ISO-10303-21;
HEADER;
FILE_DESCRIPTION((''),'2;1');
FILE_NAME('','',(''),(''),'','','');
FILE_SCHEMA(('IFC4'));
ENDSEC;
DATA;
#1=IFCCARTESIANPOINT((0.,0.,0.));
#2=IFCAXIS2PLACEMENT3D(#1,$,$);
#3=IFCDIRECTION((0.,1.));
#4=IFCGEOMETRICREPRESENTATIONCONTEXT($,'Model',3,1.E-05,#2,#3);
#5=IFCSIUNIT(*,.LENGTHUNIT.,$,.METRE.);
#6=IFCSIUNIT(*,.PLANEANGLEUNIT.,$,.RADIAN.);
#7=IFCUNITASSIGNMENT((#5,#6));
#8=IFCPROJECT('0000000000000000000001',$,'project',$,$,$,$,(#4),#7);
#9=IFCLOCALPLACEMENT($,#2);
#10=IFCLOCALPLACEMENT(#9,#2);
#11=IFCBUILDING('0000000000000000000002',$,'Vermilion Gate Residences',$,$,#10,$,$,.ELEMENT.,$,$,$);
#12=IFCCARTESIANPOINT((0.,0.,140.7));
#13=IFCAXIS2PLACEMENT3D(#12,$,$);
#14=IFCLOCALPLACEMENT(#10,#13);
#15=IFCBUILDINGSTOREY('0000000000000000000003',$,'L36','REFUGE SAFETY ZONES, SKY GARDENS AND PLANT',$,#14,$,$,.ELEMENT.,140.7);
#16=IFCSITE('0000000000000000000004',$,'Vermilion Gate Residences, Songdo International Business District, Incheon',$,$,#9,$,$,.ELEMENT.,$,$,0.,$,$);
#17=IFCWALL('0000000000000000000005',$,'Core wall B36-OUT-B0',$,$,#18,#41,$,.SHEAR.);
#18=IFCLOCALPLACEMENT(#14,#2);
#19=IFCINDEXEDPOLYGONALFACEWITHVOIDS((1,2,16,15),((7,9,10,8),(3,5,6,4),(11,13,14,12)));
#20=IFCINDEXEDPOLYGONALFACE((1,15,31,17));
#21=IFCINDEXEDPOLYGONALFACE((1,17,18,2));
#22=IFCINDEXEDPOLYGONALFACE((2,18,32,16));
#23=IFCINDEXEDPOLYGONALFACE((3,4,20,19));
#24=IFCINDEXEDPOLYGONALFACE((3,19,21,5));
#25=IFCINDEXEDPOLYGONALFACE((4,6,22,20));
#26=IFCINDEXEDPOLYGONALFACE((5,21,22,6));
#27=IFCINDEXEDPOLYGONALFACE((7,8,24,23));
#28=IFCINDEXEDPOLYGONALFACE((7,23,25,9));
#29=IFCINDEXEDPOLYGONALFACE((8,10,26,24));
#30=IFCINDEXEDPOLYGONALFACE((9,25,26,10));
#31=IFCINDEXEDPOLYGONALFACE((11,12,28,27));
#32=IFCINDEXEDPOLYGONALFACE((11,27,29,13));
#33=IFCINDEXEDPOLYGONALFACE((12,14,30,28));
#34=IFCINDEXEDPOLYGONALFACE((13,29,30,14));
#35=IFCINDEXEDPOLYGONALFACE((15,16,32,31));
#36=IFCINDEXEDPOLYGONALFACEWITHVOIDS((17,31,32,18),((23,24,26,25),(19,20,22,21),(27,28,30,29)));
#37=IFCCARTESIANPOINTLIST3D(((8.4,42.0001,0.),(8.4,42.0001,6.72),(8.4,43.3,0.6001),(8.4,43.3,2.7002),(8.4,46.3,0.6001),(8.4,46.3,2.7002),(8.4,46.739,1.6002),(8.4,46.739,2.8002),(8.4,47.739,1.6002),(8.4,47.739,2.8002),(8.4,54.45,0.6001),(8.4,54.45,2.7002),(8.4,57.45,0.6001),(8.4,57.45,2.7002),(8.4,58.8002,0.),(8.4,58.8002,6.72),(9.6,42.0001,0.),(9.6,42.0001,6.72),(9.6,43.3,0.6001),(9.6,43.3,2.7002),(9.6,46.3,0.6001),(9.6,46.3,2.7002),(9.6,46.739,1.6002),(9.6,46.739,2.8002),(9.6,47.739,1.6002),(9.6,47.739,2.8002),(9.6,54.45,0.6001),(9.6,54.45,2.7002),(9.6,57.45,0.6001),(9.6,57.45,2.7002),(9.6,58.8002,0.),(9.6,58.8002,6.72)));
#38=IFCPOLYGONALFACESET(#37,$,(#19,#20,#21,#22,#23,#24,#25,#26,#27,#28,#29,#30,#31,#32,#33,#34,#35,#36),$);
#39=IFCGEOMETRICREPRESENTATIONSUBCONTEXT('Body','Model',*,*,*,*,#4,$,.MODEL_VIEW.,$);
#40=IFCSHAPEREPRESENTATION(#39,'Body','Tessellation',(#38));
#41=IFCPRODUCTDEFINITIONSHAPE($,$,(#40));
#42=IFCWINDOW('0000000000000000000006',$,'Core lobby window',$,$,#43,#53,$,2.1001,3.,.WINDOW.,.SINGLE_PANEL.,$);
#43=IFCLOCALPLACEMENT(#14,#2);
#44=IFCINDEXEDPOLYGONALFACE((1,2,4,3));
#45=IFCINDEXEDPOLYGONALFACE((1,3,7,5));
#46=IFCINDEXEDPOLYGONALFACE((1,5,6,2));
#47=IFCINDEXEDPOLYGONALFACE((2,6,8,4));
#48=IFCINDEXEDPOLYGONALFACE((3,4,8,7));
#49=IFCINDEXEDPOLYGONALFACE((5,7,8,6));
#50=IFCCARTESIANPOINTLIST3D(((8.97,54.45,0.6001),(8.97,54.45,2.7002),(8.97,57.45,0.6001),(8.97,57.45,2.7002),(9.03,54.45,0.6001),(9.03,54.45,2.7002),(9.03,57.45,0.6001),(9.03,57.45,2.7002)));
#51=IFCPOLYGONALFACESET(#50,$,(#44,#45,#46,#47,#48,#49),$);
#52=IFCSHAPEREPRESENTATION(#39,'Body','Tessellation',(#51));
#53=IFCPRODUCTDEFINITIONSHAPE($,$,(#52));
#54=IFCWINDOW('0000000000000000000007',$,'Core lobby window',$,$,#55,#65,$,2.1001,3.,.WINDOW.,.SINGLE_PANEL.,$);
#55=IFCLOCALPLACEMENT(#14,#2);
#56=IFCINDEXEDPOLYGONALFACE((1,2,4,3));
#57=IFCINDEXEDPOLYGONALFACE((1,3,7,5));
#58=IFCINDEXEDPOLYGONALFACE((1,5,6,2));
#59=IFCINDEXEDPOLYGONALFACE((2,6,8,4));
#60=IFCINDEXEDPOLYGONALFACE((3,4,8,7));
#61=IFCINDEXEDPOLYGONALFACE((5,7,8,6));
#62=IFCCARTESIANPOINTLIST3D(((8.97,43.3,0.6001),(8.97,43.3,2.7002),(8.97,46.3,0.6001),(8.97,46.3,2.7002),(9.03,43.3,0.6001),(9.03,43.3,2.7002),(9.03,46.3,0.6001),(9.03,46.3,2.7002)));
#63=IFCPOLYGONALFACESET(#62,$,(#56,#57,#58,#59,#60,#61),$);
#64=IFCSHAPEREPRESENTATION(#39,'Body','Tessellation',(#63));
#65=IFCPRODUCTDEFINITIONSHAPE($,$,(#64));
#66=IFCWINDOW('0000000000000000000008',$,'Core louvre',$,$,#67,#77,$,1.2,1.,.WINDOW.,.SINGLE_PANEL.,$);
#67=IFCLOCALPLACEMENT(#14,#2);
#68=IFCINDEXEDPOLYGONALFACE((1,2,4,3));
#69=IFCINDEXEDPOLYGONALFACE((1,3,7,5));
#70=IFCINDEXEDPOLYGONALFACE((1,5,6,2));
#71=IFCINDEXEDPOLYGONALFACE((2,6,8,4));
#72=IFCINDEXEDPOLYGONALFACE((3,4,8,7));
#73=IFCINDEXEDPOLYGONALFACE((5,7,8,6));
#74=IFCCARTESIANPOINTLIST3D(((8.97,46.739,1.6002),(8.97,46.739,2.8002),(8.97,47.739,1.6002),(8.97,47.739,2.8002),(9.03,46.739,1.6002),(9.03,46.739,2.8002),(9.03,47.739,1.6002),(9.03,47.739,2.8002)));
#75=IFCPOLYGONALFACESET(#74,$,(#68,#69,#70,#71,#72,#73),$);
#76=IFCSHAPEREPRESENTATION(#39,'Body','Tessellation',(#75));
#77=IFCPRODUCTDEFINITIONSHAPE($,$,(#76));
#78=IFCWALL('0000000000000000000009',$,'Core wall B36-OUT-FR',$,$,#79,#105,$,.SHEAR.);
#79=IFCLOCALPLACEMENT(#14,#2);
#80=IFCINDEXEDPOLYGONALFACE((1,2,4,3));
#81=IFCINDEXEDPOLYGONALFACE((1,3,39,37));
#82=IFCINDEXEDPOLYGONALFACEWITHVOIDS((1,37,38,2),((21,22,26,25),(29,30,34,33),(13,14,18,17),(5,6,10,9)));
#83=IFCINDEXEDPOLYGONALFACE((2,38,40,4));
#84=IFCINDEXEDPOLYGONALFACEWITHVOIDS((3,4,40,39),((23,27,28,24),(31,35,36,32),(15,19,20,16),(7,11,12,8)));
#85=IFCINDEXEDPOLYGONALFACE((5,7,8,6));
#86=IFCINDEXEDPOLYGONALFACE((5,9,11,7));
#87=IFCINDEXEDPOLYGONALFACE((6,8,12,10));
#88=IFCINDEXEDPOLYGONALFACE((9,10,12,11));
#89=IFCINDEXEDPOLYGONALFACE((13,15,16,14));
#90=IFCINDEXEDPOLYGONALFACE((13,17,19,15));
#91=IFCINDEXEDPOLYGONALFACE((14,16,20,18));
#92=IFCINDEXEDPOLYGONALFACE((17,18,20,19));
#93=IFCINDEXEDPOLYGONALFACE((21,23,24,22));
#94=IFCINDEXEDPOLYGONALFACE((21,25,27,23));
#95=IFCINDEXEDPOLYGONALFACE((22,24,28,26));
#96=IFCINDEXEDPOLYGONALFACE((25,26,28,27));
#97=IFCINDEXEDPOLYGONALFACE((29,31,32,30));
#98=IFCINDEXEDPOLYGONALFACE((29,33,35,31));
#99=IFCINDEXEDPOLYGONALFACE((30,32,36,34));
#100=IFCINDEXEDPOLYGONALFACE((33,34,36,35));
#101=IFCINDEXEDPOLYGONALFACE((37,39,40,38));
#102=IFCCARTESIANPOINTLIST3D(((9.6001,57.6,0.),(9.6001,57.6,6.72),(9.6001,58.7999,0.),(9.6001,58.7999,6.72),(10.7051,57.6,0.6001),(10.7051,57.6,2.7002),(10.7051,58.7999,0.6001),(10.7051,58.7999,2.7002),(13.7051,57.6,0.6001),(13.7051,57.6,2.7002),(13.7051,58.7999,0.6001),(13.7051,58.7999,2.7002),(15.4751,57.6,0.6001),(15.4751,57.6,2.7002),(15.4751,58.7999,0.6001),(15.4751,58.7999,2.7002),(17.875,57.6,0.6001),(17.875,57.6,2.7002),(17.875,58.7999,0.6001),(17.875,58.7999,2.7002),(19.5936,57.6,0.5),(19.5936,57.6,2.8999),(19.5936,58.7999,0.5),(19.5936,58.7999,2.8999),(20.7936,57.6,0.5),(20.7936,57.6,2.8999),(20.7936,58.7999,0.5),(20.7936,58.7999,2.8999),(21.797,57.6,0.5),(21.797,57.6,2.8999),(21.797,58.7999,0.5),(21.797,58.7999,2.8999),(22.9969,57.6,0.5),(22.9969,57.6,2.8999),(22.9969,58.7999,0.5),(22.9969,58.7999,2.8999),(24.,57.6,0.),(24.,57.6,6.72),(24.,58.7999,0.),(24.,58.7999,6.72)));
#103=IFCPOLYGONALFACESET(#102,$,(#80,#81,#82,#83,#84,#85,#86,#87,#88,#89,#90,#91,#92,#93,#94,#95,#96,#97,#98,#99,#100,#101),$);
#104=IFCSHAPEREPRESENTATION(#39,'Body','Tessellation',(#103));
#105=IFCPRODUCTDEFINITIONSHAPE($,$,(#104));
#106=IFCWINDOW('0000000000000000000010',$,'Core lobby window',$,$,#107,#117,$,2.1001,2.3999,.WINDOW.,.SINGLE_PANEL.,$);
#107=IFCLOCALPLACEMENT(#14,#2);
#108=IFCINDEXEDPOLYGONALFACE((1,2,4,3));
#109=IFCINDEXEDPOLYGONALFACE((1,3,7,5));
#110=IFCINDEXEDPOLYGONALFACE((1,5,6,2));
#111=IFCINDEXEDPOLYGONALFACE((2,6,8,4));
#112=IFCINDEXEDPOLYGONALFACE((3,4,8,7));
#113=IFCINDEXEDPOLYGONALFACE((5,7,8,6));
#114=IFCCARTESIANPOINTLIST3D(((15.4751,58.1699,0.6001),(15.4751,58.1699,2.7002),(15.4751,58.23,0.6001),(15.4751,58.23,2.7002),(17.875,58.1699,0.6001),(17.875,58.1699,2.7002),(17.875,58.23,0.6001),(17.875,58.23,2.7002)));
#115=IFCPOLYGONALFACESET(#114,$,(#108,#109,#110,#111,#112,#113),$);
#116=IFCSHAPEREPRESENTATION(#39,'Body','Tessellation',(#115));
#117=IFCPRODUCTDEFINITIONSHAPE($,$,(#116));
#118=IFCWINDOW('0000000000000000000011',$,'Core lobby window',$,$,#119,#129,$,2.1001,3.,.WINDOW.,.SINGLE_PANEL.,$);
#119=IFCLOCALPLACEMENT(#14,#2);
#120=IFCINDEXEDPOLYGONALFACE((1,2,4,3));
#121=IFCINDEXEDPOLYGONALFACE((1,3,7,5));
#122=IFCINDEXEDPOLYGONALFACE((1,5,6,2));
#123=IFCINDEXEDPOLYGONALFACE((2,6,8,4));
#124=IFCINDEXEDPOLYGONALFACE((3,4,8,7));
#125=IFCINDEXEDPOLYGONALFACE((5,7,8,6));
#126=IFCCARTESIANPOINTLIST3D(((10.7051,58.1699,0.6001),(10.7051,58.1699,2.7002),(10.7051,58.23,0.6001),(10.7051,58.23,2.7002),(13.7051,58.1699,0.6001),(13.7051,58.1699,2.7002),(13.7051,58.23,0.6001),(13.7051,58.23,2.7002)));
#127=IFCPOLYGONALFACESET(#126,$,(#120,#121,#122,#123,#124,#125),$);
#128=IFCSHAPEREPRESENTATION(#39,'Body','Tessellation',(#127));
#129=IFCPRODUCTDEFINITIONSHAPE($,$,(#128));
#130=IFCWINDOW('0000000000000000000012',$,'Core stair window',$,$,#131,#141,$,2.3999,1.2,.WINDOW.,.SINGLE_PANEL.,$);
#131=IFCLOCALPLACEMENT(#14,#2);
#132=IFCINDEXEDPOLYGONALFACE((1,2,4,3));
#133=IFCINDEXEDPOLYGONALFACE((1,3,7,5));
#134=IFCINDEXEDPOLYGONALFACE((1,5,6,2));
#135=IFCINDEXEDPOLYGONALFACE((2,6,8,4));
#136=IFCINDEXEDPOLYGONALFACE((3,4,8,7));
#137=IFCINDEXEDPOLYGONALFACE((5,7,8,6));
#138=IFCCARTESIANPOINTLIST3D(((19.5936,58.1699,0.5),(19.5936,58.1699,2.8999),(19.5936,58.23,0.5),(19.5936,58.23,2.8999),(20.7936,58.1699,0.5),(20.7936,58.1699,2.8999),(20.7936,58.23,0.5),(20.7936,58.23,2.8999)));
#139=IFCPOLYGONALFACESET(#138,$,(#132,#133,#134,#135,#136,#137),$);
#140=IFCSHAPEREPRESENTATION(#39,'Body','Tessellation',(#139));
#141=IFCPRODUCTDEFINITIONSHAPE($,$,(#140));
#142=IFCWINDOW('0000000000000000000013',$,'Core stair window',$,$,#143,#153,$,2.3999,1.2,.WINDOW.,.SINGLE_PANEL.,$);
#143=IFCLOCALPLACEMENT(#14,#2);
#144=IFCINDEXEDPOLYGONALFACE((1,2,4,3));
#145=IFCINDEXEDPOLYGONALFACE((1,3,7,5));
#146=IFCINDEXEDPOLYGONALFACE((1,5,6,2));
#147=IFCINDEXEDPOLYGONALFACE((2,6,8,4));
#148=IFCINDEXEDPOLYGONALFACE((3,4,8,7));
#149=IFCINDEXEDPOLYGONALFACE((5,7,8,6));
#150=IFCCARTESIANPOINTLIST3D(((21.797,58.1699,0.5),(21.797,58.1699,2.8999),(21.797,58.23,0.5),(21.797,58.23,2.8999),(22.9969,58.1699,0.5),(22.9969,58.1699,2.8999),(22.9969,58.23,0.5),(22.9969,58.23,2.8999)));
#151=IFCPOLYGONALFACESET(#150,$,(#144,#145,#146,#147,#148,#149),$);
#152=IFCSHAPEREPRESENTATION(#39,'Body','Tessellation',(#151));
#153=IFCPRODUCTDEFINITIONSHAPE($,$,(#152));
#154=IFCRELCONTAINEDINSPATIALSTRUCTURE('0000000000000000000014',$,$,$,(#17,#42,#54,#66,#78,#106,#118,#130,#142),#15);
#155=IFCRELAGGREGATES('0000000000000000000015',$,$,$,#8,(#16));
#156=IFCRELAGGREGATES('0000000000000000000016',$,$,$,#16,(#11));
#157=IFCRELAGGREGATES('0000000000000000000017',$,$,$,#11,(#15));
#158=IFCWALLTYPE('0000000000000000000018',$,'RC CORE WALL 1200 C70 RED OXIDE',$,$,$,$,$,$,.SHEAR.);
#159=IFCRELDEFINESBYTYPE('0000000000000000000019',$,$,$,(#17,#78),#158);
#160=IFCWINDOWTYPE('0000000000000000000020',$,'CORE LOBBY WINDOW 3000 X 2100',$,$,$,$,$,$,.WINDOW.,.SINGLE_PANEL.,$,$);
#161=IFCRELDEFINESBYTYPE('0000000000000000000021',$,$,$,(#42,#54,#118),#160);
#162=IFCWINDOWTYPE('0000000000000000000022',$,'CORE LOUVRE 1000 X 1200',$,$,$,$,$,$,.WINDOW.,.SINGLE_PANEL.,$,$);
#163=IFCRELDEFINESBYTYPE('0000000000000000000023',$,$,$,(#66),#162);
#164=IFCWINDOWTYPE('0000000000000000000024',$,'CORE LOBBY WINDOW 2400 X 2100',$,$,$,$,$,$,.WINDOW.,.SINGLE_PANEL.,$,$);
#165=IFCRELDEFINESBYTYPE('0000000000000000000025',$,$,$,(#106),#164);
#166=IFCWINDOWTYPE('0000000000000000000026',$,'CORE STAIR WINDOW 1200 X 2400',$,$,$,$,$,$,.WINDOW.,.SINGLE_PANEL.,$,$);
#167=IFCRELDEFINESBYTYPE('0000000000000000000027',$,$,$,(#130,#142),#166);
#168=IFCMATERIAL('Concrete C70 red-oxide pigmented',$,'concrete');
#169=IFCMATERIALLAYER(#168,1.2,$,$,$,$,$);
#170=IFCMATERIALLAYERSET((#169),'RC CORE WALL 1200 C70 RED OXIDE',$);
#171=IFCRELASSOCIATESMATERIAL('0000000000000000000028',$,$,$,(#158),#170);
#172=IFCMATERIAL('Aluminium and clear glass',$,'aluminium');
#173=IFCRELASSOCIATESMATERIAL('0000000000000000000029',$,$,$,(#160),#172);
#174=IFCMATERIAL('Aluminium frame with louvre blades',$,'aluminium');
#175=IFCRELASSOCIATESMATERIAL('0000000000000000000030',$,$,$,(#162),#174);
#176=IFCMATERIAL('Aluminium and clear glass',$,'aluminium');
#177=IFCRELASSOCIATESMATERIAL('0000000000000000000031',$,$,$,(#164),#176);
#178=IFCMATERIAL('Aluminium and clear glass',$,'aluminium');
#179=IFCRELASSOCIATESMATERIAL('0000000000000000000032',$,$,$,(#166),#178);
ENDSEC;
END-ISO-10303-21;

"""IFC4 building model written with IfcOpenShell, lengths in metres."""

from ifc_helpers import new_model, si_unit, direction, frame, frame_2d, origin, place, context, subcontext, project, spatial, rectangle, extrude, material, layer, layer_set, type_object, element, fill, save


model = new_model("IFC4")

# Units and contexts
model_context = context("Model", 3, precision=1e-05, world=origin(), true_north=direction((0.0, 1.0)))
body_context = subcontext(model_context, "Body", "Model", "MODEL_VIEW")
ifc_project = project(units=[si_unit("LENGTHUNIT", "METRE"), si_unit("PLANEANGLEUNIT", "RADIAN")], contexts=[model_context])

# Site, building, storey
site_placement = place(None, origin())
site = spatial("IfcSite", under=ifc_project, at=site_placement, Name="Vermilion Gate Residences, Songdo International Business District, Incheon", CompositionType="ELEMENT", RefElevation=0.0)
building_placement = place(site_placement, origin())
building = spatial("IfcBuilding", under=site, at=building_placement, Name="Vermilion Gate Residences", CompositionType="ELEMENT")
storey_placement = place(building_placement, frame((0.0, 0.0, 140.7)))
storey = spatial("IfcBuildingStorey", under=building, at=storey_placement, Name="L36", Description="REFUGE SAFETY ZONES, SKY GARDENS AND PLANT", CompositionType="ELEMENT", Elevation=140.7)

# Walls, openings, windows
ifc_material_1 = material(Name="Concrete C70 red-oxide pigmented", Category="concrete")
ifc_layer_1 = layer(ifc_material_1, 1.2)
ifc_layer_set_1 = layer_set([ifc_layer_1], Name="RC CORE WALL 1200 C70 RED OXIDE")
wall_type_1 = type_object("IfcWallType", Name="RC CORE WALL 1200 C70 RED OXIDE", PredefinedType="SHEAR", material=ifc_layer_set_1)
wall_1_placement = place(storey_placement, frame((9.0, 58.8, 0.0), z_axis=(0.0, 0.0, 1.0), x_axis=(0.0, -1.0, 0.0)))
wall_1 = element("IfcWall", 1, at=wall_1_placement, inside=storey, type_object=wall_type_1, Name="Core wall B36-OUT-B0", PredefinedType="SHEAR", context=body_context, shape_type="SweptSolid", body=[
    extrude(rectangle(XDim=16.8, YDim=1.2, at=frame_2d((8.3999, 0.0))), origin(), (0.0, 0.0, 1.0), 6.72),
])
opening_1_placement = place(wall_1_placement, frame((1.3501, 0.0, 0.6001)))
opening_1 = element("IfcOpeningElement", 2, at=opening_1_placement, cuts=wall_1, PredefinedType="OPENING", context=body_context, shape_type="SweptSolid", body=[
    extrude(rectangle(XDim=3.0, YDim=2.1001, at=frame_2d((1.5, 1.05))), frame((0.0, 0.6099, 0.0), z_axis=(0.0, -1.0, 0.0), x_axis=(1.0, 0.0, 0.0)), (0.0, 0.0, 1.0), 1.22),
])
opening_2_placement = place(wall_1_placement, frame((11.061, 0.0, 1.6001)))
opening_2 = element("IfcOpeningElement", 3, at=opening_2_placement, cuts=wall_1, PredefinedType="OPENING", context=body_context, shape_type="SweptSolid", body=[
    extrude(rectangle(XDim=1.0, YDim=1.2, at=frame_2d((0.5, 0.6001))), frame((0.0, 0.6099, 0.0), z_axis=(0.0, -1.0, 0.0), x_axis=(1.0, 0.0, 0.0)), (0.0, 0.0, 1.0), 1.22),
])
opening_3_placement = place(wall_1_placement, frame((12.5, 0.0, 0.6001)))
opening_3 = element("IfcOpeningElement", 4, at=opening_3_placement, cuts=wall_1, PredefinedType="OPENING", context=body_context, shape_type="SweptSolid", body=[
    extrude(rectangle(XDim=3.0, YDim=2.1001, at=frame_2d((1.5, 1.05))), frame((0.0, 0.6099, 0.0), z_axis=(0.0, -1.0, 0.0), x_axis=(1.0, 0.0, 0.0)), (0.0, 0.0, 1.0), 1.22),
])
ifc_material_2 = material(Name="Aluminium and clear glass", Category="aluminium")
window_type_1 = type_object("IfcWindowType", Name="CORE LOBBY WINDOW 3000 X 2100", PartitioningType="SINGLE_PANEL", PredefinedType="WINDOW", material=ifc_material_2)
window_1_placement = place(opening_1_placement, origin())
window_1 = element("IfcWindow", 5, at=window_1_placement, inside=storey, type_object=window_type_1, Name="Core lobby window", OverallHeight=2.1001, OverallWidth=3.0, PartitioningType="SINGLE_PANEL", PredefinedType="WINDOW", context=body_context, shape_type="SweptSolid", body=[
    extrude(rectangle(XDim=3.0, YDim=2.1001, at=frame_2d((1.5, 1.05))), frame((0.0, 0.03, 0.0), z_axis=(0.0, -1.0, 0.0), x_axis=(1.0, 0.0, 0.0)), (0.0, 0.0, 1.0), 0.0601),
])
fill(opening_1, window_1)
window_2_placement = place(opening_3_placement, origin())
window_2 = element("IfcWindow", 6, at=window_2_placement, inside=storey, type_object=window_type_1, Name="Core lobby window", OverallHeight=2.1001, OverallWidth=3.0, PartitioningType="SINGLE_PANEL", PredefinedType="WINDOW", context=body_context, shape_type="SweptSolid", body=[
    extrude(rectangle(XDim=3.0, YDim=2.1001, at=frame_2d((1.5, 1.05))), frame((0.0, 0.03, 0.0), z_axis=(0.0, -1.0, 0.0), x_axis=(1.0, 0.0, 0.0)), (0.0, 0.0, 1.0), 0.0601),
])
fill(opening_3, window_2)
ifc_material_3 = material(Name="Aluminium frame with louvre blades", Category="aluminium")
window_type_2 = type_object("IfcWindowType", Name="CORE LOUVRE 1000 X 1200", PartitioningType="SINGLE_PANEL", PredefinedType="WINDOW", material=ifc_material_3)
window_3_placement = place(opening_2_placement, origin())
window_3 = element("IfcWindow", 7, at=window_3_placement, inside=storey, type_object=window_type_2, Name="Core louvre", OverallHeight=1.2, OverallWidth=1.0, PartitioningType="SINGLE_PANEL", PredefinedType="WINDOW", context=body_context, shape_type="SweptSolid", body=[
    extrude(rectangle(XDim=1.0, YDim=1.2, at=frame_2d((0.5, 0.6001))), frame((0.0, 0.03, 0.0), z_axis=(0.0, -1.0, 0.0), x_axis=(1.0, 0.0, 0.0)), (0.0, 0.0, 1.0), 0.0601),
])
fill(opening_2, window_3)
wall_2_placement = place(storey_placement, frame((9.6001, 58.2, 0.0), z_axis=(0.0, 0.0, 1.0), x_axis=(1.0, 0.0, 0.0)))
wall_2 = element("IfcWall", 8, at=wall_2_placement, inside=storey, type_object=wall_type_1, Name="Core wall B36-OUT-FR", PredefinedType="SHEAR", context=body_context, shape_type="SweptSolid", body=[
    extrude(rectangle(XDim=14.3999, YDim=1.2, at=frame_2d((7.2, 0.0))), origin(), (0.0, 0.0, 1.0), 6.72),
])
opening_4_placement = place(wall_2_placement, frame((1.105, 0.0, 0.6001)))
opening_4 = element("IfcOpeningElement", 9, at=opening_4_placement, cuts=wall_2, PredefinedType="OPENING", context=body_context, shape_type="SweptSolid", body=[
    extrude(rectangle(XDim=3.0, YDim=2.1001, at=frame_2d((1.5, 1.05))), frame((0.0, 0.6099, 0.0), z_axis=(0.0, -1.0, 0.0), x_axis=(1.0, 0.0, 0.0)), (0.0, 0.0, 1.0), 1.22),
])
opening_5_placement = place(wall_2_placement, frame((5.875, 0.0, 0.6001)))
opening_5 = element("IfcOpeningElement", 10, at=opening_5_placement, cuts=wall_2, PredefinedType="OPENING", context=body_context, shape_type="SweptSolid", body=[
    extrude(rectangle(XDim=2.3999, YDim=2.1001, at=frame_2d((1.2, 1.05))), frame((0.0, 0.6099, 0.0), z_axis=(0.0, -1.0, 0.0), x_axis=(1.0, 0.0, 0.0)), (0.0, 0.0, 1.0), 1.22),
])
opening_6_placement = place(wall_2_placement, frame((9.9934, 0.0, 0.5)))
opening_6 = element("IfcOpeningElement", 11, at=opening_6_placement, cuts=wall_2, PredefinedType="OPENING", context=body_context, shape_type="SweptSolid", body=[
    extrude(rectangle(XDim=1.2, YDim=2.3999, at=frame_2d((0.6001, 1.2))), frame((0.0, 0.6099, 0.0), z_axis=(0.0, -1.0, 0.0), x_axis=(1.0, 0.0, 0.0)), (0.0, 0.0, 1.0), 1.22),
])
opening_7_placement = place(wall_2_placement, frame((12.1968, 0.0, 0.5)))
opening_7 = element("IfcOpeningElement", 12, at=opening_7_placement, cuts=wall_2, PredefinedType="OPENING", context=body_context, shape_type="SweptSolid", body=[
    extrude(rectangle(XDim=1.2, YDim=2.3999, at=frame_2d((0.6001, 1.2))), frame((0.0, 0.6099, 0.0), z_axis=(0.0, -1.0, 0.0), x_axis=(1.0, 0.0, 0.0)), (0.0, 0.0, 1.0), 1.22),
])
ifc_material_4 = material(Name="Aluminium and clear glass", Category="aluminium")
window_type_3 = type_object("IfcWindowType", Name="CORE LOBBY WINDOW 2400 X 2100", PartitioningType="SINGLE_PANEL", PredefinedType="WINDOW", material=ifc_material_4)
window_4_placement = place(opening_5_placement, origin())
window_4 = element("IfcWindow", 13, at=window_4_placement, inside=storey, type_object=window_type_3, Name="Core lobby window", OverallHeight=2.1001, OverallWidth=2.3999, PartitioningType="SINGLE_PANEL", PredefinedType="WINDOW", context=body_context, shape_type="SweptSolid", body=[
    extrude(rectangle(XDim=2.3999, YDim=2.1001, at=frame_2d((1.2, 1.05))), frame((0.0, 0.03, 0.0), z_axis=(0.0, -1.0, 0.0), x_axis=(1.0, 0.0, 0.0)), (0.0, 0.0, 1.0), 0.0601),
])
fill(opening_5, window_4)
window_5_placement = place(opening_4_placement, origin())
window_5 = element("IfcWindow", 14, at=window_5_placement, inside=storey, type_object=window_type_1, Name="Core lobby window", OverallHeight=2.1001, OverallWidth=3.0, PartitioningType="SINGLE_PANEL", PredefinedType="WINDOW", context=body_context, shape_type="SweptSolid", body=[
    extrude(rectangle(XDim=3.0, YDim=2.1001, at=frame_2d((1.5, 1.05))), frame((0.0, 0.03, 0.0), z_axis=(0.0, -1.0, 0.0), x_axis=(1.0, 0.0, 0.0)), (0.0, 0.0, 1.0), 0.0601),
])
fill(opening_4, window_5)
ifc_material_5 = material(Name="Aluminium and clear glass", Category="aluminium")
window_type_4 = type_object("IfcWindowType", Name="CORE STAIR WINDOW 1200 X 2400", PartitioningType="SINGLE_PANEL", PredefinedType="WINDOW", material=ifc_material_5)
window_6_placement = place(opening_6_placement, origin())
window_6 = element("IfcWindow", 15, at=window_6_placement, inside=storey, type_object=window_type_4, Name="Core stair window", OverallHeight=2.3999, OverallWidth=1.2, PartitioningType="SINGLE_PANEL", PredefinedType="WINDOW", context=body_context, shape_type="SweptSolid", body=[
    extrude(rectangle(XDim=1.2, YDim=2.3999, at=frame_2d((0.6001, 1.2))), frame((0.0, 0.03, 0.0), z_axis=(0.0, -1.0, 0.0), x_axis=(1.0, 0.0, 0.0)), (0.0, 0.0, 1.0), 0.0601),
])
fill(opening_6, window_6)
window_7_placement = place(opening_7_placement, origin())
window_7 = element("IfcWindow", 16, at=window_7_placement, inside=storey, type_object=window_type_4, Name="Core stair window", OverallHeight=2.3999, OverallWidth=1.2, PartitioningType="SINGLE_PANEL", PredefinedType="WINDOW", context=body_context, shape_type="SweptSolid", body=[
    extrude(rectangle(XDim=1.2, YDim=2.3999, at=frame_2d((0.6001, 1.2))), frame((0.0, 0.03, 0.0), z_axis=(0.0, -1.0, 0.0), x_axis=(1.0, 0.0, 0.0)), (0.0, 0.0, 1.0), 0.0601),
])
fill(opening_7, window_7)

save(model, "model.ifc")
